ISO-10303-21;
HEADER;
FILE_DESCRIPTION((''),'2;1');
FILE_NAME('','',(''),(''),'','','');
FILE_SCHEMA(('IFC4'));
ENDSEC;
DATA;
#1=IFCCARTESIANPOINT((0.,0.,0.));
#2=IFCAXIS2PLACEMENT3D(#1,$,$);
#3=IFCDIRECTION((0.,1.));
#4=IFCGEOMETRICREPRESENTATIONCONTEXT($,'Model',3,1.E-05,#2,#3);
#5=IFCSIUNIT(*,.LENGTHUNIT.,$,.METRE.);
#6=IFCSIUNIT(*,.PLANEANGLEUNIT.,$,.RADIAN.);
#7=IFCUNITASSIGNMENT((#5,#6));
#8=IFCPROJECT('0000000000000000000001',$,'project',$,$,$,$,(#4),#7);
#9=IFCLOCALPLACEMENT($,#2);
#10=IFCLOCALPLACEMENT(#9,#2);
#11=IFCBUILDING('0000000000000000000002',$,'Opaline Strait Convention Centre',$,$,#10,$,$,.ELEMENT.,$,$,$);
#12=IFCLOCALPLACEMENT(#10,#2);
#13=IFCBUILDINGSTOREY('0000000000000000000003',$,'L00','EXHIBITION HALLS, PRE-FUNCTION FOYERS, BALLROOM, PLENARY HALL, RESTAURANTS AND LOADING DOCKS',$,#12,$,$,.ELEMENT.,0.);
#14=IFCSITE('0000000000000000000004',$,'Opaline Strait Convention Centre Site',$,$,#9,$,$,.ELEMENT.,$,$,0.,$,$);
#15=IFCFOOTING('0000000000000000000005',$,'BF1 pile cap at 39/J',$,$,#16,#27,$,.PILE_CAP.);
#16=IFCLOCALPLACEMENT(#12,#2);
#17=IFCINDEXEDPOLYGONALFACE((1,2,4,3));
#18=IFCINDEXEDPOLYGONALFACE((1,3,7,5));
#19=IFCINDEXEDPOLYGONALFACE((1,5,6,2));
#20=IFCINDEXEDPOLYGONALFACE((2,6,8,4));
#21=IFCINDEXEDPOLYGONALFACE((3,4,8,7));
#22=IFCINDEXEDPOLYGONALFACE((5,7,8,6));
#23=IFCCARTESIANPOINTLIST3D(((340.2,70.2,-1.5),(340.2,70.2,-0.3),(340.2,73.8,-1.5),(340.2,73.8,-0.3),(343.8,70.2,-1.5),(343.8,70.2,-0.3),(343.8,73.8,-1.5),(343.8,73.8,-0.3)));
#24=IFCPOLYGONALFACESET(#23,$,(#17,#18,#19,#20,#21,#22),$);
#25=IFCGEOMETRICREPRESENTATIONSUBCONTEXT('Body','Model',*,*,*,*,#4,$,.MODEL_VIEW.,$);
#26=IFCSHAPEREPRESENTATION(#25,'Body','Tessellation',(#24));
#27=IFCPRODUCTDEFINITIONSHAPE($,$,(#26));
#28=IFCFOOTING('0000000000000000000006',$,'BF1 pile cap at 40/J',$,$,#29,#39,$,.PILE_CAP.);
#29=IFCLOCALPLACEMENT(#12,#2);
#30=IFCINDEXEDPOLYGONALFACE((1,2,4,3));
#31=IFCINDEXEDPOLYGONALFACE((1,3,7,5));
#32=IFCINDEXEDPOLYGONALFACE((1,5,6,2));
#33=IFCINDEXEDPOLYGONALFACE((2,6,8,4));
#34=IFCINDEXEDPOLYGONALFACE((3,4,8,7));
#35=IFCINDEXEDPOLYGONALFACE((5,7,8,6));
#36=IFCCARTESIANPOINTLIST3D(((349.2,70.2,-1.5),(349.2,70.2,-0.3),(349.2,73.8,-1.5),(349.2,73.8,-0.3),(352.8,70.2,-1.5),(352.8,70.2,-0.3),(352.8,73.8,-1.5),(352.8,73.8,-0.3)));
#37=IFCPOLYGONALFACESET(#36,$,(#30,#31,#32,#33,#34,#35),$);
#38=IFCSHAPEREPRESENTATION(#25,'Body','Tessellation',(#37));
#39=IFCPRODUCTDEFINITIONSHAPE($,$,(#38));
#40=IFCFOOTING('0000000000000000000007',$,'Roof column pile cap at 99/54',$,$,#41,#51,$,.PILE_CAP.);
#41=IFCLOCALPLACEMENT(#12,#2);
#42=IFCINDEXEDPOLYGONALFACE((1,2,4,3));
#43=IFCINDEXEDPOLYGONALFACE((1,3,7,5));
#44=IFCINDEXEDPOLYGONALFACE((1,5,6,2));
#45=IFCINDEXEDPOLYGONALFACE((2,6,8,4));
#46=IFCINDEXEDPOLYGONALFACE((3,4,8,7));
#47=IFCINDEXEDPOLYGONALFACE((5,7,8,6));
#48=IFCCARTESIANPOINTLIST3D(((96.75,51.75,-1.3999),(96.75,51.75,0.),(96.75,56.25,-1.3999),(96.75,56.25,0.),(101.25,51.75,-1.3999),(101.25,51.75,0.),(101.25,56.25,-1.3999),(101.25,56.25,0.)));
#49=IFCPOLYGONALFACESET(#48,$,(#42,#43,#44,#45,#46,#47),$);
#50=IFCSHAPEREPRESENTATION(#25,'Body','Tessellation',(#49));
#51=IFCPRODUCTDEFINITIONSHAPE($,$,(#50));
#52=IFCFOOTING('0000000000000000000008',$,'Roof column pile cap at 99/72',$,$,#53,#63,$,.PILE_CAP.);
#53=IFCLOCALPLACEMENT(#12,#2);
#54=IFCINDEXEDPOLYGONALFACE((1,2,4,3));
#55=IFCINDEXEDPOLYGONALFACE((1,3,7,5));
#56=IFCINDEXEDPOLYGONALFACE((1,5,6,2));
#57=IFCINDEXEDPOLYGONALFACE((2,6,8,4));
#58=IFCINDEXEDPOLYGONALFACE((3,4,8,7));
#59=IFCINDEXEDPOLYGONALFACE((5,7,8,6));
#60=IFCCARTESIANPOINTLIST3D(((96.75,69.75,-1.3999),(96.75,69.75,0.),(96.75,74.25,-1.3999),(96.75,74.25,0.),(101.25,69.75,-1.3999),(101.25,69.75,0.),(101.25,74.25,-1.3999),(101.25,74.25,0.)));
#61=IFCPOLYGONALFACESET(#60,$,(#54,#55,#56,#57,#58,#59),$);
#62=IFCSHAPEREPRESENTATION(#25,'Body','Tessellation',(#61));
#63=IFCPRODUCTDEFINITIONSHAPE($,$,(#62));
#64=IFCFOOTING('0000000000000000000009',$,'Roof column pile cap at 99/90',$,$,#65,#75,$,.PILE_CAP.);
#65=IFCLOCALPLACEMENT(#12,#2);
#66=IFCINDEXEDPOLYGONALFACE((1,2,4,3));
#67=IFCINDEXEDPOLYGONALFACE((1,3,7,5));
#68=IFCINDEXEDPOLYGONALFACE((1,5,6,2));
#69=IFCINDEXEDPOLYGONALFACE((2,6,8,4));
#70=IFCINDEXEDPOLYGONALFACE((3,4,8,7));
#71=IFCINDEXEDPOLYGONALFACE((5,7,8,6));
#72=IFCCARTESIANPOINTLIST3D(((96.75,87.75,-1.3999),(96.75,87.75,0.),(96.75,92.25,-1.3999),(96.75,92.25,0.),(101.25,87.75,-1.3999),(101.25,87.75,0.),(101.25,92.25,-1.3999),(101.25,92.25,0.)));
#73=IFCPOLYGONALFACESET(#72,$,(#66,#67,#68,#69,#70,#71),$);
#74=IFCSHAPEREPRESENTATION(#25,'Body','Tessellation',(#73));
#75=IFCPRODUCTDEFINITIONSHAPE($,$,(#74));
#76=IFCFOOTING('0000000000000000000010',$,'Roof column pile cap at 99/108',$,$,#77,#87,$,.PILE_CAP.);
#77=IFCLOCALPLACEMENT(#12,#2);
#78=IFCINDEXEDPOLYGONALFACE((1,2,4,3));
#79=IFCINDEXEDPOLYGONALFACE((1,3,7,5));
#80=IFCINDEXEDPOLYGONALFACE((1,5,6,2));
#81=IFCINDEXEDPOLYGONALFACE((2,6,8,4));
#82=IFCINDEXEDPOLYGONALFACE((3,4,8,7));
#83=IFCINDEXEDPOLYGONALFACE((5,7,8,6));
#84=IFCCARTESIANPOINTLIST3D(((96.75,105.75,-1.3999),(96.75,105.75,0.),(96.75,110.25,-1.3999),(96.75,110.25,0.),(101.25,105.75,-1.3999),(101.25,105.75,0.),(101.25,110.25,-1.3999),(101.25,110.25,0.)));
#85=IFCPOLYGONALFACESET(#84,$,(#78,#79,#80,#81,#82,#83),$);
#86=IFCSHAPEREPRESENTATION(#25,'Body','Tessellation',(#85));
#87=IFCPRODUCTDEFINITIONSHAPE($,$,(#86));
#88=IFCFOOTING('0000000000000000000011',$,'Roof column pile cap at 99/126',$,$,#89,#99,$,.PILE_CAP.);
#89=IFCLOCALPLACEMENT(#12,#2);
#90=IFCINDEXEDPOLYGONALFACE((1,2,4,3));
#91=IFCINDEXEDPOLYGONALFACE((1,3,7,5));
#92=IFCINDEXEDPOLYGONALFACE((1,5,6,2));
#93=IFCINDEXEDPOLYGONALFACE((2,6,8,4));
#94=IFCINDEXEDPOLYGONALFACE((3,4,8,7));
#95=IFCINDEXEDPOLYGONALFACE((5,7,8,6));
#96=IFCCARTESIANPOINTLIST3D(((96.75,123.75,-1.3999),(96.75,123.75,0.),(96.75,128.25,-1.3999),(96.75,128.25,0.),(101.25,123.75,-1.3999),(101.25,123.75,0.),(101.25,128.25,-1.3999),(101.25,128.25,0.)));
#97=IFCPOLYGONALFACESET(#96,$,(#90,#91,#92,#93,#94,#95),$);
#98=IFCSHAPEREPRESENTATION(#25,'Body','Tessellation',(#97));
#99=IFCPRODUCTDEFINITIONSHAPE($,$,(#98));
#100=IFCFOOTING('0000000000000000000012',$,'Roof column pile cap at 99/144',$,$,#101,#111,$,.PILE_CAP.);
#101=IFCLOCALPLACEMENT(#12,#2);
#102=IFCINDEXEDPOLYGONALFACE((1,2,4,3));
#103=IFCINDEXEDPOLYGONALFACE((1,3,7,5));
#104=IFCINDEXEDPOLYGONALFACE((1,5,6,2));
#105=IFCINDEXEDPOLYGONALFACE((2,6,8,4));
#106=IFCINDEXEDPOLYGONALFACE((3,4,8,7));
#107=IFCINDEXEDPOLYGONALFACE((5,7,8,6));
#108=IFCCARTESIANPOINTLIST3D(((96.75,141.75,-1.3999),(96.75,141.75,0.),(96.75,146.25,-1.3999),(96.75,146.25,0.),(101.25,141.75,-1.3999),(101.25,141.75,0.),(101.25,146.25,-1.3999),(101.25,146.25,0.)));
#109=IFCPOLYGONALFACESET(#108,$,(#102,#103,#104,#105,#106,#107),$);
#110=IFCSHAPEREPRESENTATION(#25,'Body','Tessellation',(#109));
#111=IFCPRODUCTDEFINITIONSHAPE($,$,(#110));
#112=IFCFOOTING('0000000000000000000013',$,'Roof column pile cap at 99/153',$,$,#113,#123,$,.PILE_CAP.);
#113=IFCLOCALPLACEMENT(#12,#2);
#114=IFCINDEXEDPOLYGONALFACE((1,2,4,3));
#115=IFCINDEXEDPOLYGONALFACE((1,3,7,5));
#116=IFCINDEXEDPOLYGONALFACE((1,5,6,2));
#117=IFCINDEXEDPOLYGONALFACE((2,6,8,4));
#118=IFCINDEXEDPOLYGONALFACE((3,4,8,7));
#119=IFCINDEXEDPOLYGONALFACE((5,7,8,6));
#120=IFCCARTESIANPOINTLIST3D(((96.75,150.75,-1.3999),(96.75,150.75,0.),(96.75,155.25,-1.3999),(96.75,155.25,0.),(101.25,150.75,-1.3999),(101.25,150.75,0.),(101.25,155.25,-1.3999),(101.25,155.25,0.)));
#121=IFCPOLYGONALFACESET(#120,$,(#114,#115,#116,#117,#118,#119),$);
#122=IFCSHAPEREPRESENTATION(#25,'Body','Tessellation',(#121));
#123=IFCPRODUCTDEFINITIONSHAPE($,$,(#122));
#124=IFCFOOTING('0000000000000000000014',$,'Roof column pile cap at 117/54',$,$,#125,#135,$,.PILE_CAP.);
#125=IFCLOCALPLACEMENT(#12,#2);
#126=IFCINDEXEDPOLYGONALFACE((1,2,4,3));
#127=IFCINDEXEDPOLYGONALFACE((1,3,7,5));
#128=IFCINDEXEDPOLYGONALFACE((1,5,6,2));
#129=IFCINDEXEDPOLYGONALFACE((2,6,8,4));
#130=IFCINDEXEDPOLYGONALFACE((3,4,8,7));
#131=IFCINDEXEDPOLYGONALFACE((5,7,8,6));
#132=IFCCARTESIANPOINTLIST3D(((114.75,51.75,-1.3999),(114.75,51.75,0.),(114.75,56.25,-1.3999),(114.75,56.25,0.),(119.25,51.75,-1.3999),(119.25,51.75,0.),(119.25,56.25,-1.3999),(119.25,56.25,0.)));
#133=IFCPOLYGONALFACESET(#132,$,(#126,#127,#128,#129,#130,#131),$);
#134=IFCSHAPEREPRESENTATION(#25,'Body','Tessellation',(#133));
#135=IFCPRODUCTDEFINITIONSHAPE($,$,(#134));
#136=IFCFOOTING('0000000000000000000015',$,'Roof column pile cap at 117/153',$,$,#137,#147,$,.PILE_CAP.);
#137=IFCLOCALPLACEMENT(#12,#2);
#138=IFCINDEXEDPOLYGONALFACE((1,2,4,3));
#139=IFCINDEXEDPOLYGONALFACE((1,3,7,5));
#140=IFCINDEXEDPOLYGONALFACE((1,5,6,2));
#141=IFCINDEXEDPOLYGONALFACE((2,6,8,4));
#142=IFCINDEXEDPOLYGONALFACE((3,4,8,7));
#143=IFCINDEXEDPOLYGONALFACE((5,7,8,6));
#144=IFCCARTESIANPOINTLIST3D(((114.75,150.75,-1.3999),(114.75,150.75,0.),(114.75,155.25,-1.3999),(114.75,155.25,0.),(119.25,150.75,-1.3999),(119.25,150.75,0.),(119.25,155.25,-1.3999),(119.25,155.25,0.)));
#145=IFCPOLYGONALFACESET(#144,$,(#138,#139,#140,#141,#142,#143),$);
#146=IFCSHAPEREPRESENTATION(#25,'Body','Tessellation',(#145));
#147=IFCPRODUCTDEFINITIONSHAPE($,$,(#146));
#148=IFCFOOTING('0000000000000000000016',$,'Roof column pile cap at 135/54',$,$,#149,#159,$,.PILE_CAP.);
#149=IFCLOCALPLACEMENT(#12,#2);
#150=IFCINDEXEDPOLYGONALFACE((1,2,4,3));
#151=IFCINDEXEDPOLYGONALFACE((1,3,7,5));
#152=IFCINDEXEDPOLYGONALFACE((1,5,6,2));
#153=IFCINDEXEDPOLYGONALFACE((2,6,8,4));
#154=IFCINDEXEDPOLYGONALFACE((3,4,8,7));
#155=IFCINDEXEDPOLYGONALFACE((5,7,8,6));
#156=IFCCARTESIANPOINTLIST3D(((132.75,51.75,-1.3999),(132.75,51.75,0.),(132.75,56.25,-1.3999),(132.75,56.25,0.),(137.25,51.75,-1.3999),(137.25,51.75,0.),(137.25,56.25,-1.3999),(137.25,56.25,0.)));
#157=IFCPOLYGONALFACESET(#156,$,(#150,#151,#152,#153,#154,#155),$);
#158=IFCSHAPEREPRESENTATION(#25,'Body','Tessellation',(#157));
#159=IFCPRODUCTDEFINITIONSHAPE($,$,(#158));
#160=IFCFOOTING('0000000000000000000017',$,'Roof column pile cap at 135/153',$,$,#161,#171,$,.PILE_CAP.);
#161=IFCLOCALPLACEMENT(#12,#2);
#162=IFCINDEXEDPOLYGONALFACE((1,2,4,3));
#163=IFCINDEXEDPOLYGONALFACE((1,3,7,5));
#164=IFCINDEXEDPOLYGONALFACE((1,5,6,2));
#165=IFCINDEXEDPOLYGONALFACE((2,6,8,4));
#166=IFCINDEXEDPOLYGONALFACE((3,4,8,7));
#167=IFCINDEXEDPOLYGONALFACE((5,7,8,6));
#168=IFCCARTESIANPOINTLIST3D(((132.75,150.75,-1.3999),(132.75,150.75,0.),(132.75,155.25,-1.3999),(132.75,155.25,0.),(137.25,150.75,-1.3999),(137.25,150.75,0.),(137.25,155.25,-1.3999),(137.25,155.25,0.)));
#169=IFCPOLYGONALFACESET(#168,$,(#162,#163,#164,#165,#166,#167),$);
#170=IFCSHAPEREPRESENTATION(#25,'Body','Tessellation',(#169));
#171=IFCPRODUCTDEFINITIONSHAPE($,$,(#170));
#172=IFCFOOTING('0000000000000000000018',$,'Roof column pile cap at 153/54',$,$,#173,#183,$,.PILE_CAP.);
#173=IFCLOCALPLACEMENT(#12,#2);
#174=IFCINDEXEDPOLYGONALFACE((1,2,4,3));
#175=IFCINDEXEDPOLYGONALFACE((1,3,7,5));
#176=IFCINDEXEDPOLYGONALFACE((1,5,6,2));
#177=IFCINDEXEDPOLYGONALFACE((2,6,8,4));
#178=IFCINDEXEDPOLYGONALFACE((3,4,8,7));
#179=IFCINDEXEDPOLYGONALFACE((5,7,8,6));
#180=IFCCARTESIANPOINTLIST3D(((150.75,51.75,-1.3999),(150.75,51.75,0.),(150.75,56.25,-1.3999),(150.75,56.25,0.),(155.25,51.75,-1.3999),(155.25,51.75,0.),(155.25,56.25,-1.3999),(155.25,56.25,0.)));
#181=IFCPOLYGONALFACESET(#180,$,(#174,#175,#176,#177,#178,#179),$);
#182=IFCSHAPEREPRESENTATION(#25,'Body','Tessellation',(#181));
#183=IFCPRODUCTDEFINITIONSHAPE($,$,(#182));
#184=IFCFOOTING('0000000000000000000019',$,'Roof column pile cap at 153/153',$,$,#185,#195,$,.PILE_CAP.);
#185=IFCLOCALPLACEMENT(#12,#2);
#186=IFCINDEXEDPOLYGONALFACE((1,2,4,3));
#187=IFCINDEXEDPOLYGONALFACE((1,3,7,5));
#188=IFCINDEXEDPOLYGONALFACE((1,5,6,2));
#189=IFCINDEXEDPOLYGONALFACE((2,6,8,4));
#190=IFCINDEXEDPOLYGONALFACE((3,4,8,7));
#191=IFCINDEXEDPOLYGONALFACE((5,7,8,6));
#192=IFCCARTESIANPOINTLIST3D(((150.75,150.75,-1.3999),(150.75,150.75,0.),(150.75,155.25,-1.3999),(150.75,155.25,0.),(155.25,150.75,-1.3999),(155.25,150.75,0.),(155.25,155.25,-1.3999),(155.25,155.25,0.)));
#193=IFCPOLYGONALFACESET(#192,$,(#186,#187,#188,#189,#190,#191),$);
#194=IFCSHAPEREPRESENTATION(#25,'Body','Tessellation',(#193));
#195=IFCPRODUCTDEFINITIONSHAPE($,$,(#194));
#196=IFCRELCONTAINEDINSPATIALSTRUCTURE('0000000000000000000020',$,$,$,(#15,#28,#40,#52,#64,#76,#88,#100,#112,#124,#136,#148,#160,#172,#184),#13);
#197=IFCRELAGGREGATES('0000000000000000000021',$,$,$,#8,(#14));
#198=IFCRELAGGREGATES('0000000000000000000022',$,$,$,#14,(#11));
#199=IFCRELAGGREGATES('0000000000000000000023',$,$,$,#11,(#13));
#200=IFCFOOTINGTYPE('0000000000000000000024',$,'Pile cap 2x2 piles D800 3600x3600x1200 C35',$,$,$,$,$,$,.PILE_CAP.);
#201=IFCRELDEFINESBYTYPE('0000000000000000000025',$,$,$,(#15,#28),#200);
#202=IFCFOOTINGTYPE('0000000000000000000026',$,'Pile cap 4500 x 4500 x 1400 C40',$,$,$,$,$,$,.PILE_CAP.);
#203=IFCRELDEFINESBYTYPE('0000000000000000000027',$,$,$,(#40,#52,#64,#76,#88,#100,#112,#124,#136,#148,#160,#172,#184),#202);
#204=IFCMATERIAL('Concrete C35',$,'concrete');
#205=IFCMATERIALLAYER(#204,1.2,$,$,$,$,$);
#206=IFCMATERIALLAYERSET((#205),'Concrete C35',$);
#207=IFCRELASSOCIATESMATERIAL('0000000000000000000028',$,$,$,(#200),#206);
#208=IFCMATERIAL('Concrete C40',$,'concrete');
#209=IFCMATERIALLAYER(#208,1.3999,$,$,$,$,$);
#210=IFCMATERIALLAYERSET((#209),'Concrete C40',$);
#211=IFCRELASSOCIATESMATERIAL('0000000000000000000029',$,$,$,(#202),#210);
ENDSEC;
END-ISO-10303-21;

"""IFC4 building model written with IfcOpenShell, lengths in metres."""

from ifc_helpers import new_model, si_unit, direction, frame, origin, place, context, subcontext, project, spatial, polyline, outline, extrude, material, layer, layer_set, type_object, element, save


model = new_model("IFC4")

# Units and contexts
model_context = context("Model", 3, precision=1e-05, world=origin(), true_north=direction((0.0, 1.0)))
body_context = subcontext(model_context, "Body", "Model", "MODEL_VIEW")
ifc_project = project(units=[si_unit("LENGTHUNIT", "METRE"), si_unit("PLANEANGLEUNIT", "RADIAN")], contexts=[model_context])

# Site, building, storey
site_placement = place(None, origin())
site = spatial("IfcSite", under=ifc_project, at=site_placement, Name="Opaline Strait Convention Centre Site", CompositionType="ELEMENT", RefElevation=0.0)
building_placement = place(site_placement, origin())
building = spatial("IfcBuilding", under=site, at=building_placement, Name="Opaline Strait Convention Centre", CompositionType="ELEMENT")
storey_placement = place(building_placement, origin())
storey = spatial("IfcBuildingStorey", under=building, at=storey_placement, Name="L00", Description="EXHIBITION HALLS, PRE-FUNCTION FOYERS, BALLROOM, PLENARY HALL, RESTAURANTS AND LOADING DOCKS", CompositionType="ELEMENT", Elevation=0.0)

# Footings
ifc_material_1 = material(Name="Concrete C35", Category="concrete")
ifc_layer_1 = layer(ifc_material_1, 1.2)
ifc_layer_set_1 = layer_set([ifc_layer_1], Name="Concrete C35")
footing_type_1 = type_object("IfcFootingType", Name="Pile cap 2x2 piles D800 3600x3600x1200 C35", PredefinedType="PILE_CAP", material=ifc_layer_set_1)
footing_1_placement = place(storey_placement, frame((0.0, 0.0, -1.5)))
element("IfcFooting", 1, at=footing_1_placement, inside=storey, type_object=footing_type_1, Name="BF1 pile cap at 39/J", PredefinedType="PILE_CAP", context=body_context, shape_type="SweptSolid", body=[
    extrude(outline(polyline([(340.2, 70.2), (343.8, 70.2), (343.8, 73.8), (340.2, 73.8), (340.2, 70.2)])), origin(), (0.0, 0.0, 1.0), 1.2),
])
footing_2_placement = place(storey_placement, frame((0.0, 0.0, -1.5)))
element("IfcFooting", 2, at=footing_2_placement, inside=storey, type_object=footing_type_1, Name="BF1 pile cap at 40/J", PredefinedType="PILE_CAP", context=body_context, shape_type="SweptSolid", body=[
    extrude(outline(polyline([(349.2, 70.2), (352.8, 70.2), (352.8, 73.8), (349.2, 73.8), (349.2, 70.2)])), origin(), (0.0, 0.0, 1.0), 1.2),
])
ifc_material_2 = material(Name="Concrete C40", Category="concrete")
ifc_layer_2 = layer(ifc_material_2, 1.3999)
ifc_layer_set_2 = layer_set([ifc_layer_2], Name="Concrete C40")
footing_type_2 = type_object("IfcFootingType", Name="Pile cap 4500 x 4500 x 1400 C40", PredefinedType="PILE_CAP", material=ifc_layer_set_2)
footing_3_placement = place(storey_placement, frame((0.0, 0.0, -1.3999)))
element("IfcFooting", 3, at=footing_3_placement, inside=storey, type_object=footing_type_2, Name="Roof column pile cap at 99/54", PredefinedType="PILE_CAP", context=body_context, shape_type="SweptSolid", body=[
    extrude(outline(polyline([(96.75, 51.75), (101.25, 51.75), (101.25, 56.25), (96.75, 56.25), (96.75, 51.75)])), origin(), (0.0, 0.0, 1.0), 1.3999),
])
footing_4_placement = place(storey_placement, frame((0.0, 0.0, -1.3999)))
element("IfcFooting", 4, at=footing_4_placement, inside=storey, type_object=footing_type_2, Name="Roof column pile cap at 99/72", PredefinedType="PILE_CAP", context=body_context, shape_type="SweptSolid", body=[
    extrude(outline(polyline([(96.75, 69.75), (101.25, 69.75), (101.25, 74.25), (96.75, 74.25), (96.75, 69.75)])), origin(), (0.0, 0.0, 1.0), 1.3999),
])
footing_5_placement = place(storey_placement, frame((0.0, 0.0, -1.3999)))
element("IfcFooting", 5, at=footing_5_placement, inside=storey, type_object=footing_type_2, Name="Roof column pile cap at 99/90", PredefinedType="PILE_CAP", context=body_context, shape_type="SweptSolid", body=[
    extrude(outline(polyline([(96.75, 87.75), (101.25, 87.75), (101.25, 92.25), (96.75, 92.25), (96.75, 87.75)])), origin(), (0.0, 0.0, 1.0), 1.3999),
])
footing_6_placement = place(storey_placement, frame((0.0, 0.0, -1.3999)))
element("IfcFooting", 6, at=footing_6_placement, inside=storey, type_object=footing_type_2, Name="Roof column pile cap at 99/108", PredefinedType="PILE_CAP", context=body_context, shape_type="SweptSolid", body=[
    extrude(outline(polyline([(96.75, 105.75), (101.25, 105.75), (101.25, 110.25), (96.75, 110.25), (96.75, 105.75)])), origin(), (0.0, 0.0, 1.0), 1.3999),
])
footing_7_placement = place(storey_placement, frame((0.0, 0.0, -1.3999)))
element("IfcFooting", 7, at=footing_7_placement, inside=storey, type_object=footing_type_2, Name="Roof column pile cap at 99/126", PredefinedType="PILE_CAP", context=body_context, shape_type="SweptSolid", body=[
    extrude(outline(polyline([(96.75, 123.75), (101.25, 123.75), (101.25, 128.25), (96.75, 128.25), (96.75, 123.75)])), origin(), (0.0, 0.0, 1.0), 1.3999),
])
footing_8_placement = place(storey_placement, frame((0.0, 0.0, -1.3999)))
element("IfcFooting", 8, at=footing_8_placement, inside=storey, type_object=footing_type_2, Name="Roof column pile cap at 99/144", PredefinedType="PILE_CAP", context=body_context, shape_type="SweptSolid", body=[
    extrude(outline(polyline([(96.75, 141.75), (101.25, 141.75), (101.25, 146.25), (96.75, 146.25), (96.75, 141.75)])), origin(), (0.0, 0.0, 1.0), 1.3999),
])
footing_9_placement = place(storey_placement, frame((0.0, 0.0, -1.3999)))
element("IfcFooting", 9, at=footing_9_placement, inside=storey, type_object=footing_type_2, Name="Roof column pile cap at 99/153", PredefinedType="PILE_CAP", context=body_context, shape_type="SweptSolid", body=[
    extrude(outline(polyline([(96.75, 150.75), (101.25, 150.75), (101.25, 155.25), (96.75, 155.25), (96.75, 150.75)])), origin(), (0.0, 0.0, 1.0), 1.3999),
])
footing_10_placement = place(storey_placement, frame((0.0, 0.0, -1.3999)))
element("IfcFooting", 10, at=footing_10_placement, inside=storey, type_object=footing_type_2, Name="Roof column pile cap at 117/54", PredefinedType="PILE_CAP", context=body_context, shape_type="SweptSolid", body=[
    extrude(outline(polyline([(114.75, 51.75), (119.25, 51.75), (119.25, 56.25), (114.75, 56.25), (114.75, 51.75)])), origin(), (0.0, 0.0, 1.0), 1.3999),
])
footing_11_placement = place(storey_placement, frame((0.0, 0.0, -1.3999)))
element("IfcFooting", 11, at=footing_11_placement, inside=storey, type_object=footing_type_2, Name="Roof column pile cap at 117/153", PredefinedType="PILE_CAP", context=body_context, shape_type="SweptSolid", body=[
    extrude(outline(polyline([(114.75, 150.75), (119.25, 150.75), (119.25, 155.25), (114.75, 155.25), (114.75, 150.75)])), origin(), (0.0, 0.0, 1.0), 1.3999),
])
footing_12_placement = place(storey_placement, frame((0.0, 0.0, -1.3999)))
element("IfcFooting", 12, at=footing_12_placement, inside=storey, type_object=footing_type_2, Name="Roof column pile cap at 135/54", PredefinedType="PILE_CAP", context=body_context, shape_type="SweptSolid", body=[
    extrude(outline(polyline([(132.75, 51.75), (137.25, 51.75), (137.25, 56.25), (132.75, 56.25), (132.75, 51.75)])), origin(), (0.0, 0.0, 1.0), 1.3999),
])
footing_13_placement = place(storey_placement, frame((0.0, 0.0, -1.3999)))
element("IfcFooting", 13, at=footing_13_placement, inside=storey, type_object=footing_type_2, Name="Roof column pile cap at 135/153", PredefinedType="PILE_CAP", context=body_context, shape_type="SweptSolid", body=[
    extrude(outline(polyline([(132.75, 150.75), (137.25, 150.75), (137.25, 155.25), (132.75, 155.25), (132.75, 150.75)])), origin(), (0.0, 0.0, 1.0), 1.3999),
])
footing_14_placement = place(storey_placement, frame((0.0, 0.0, -1.3999)))
element("IfcFooting", 14, at=footing_14_placement, inside=storey, type_object=footing_type_2, Name="Roof column pile cap at 153/54", PredefinedType="PILE_CAP", context=body_context, shape_type="SweptSolid", body=[
    extrude(outline(polyline([(150.75, 51.75), (155.25, 51.75), (155.25, 56.25), (150.75, 56.25), (150.75, 51.75)])), origin(), (0.0, 0.0, 1.0), 1.3999),
])
footing_15_placement = place(storey_placement, frame((0.0, 0.0, -1.3999)))
element("IfcFooting", 15, at=footing_15_placement, inside=storey, type_object=footing_type_2, Name="Roof column pile cap at 153/153", PredefinedType="PILE_CAP", context=body_context, shape_type="SweptSolid", body=[
    extrude(outline(polyline([(150.75, 150.75), (155.25, 150.75), (155.25, 155.25), (150.75, 155.25), (150.75, 150.75)])), origin(), (0.0, 0.0, 1.0), 1.3999),
])

save(model, "model.ifc")
